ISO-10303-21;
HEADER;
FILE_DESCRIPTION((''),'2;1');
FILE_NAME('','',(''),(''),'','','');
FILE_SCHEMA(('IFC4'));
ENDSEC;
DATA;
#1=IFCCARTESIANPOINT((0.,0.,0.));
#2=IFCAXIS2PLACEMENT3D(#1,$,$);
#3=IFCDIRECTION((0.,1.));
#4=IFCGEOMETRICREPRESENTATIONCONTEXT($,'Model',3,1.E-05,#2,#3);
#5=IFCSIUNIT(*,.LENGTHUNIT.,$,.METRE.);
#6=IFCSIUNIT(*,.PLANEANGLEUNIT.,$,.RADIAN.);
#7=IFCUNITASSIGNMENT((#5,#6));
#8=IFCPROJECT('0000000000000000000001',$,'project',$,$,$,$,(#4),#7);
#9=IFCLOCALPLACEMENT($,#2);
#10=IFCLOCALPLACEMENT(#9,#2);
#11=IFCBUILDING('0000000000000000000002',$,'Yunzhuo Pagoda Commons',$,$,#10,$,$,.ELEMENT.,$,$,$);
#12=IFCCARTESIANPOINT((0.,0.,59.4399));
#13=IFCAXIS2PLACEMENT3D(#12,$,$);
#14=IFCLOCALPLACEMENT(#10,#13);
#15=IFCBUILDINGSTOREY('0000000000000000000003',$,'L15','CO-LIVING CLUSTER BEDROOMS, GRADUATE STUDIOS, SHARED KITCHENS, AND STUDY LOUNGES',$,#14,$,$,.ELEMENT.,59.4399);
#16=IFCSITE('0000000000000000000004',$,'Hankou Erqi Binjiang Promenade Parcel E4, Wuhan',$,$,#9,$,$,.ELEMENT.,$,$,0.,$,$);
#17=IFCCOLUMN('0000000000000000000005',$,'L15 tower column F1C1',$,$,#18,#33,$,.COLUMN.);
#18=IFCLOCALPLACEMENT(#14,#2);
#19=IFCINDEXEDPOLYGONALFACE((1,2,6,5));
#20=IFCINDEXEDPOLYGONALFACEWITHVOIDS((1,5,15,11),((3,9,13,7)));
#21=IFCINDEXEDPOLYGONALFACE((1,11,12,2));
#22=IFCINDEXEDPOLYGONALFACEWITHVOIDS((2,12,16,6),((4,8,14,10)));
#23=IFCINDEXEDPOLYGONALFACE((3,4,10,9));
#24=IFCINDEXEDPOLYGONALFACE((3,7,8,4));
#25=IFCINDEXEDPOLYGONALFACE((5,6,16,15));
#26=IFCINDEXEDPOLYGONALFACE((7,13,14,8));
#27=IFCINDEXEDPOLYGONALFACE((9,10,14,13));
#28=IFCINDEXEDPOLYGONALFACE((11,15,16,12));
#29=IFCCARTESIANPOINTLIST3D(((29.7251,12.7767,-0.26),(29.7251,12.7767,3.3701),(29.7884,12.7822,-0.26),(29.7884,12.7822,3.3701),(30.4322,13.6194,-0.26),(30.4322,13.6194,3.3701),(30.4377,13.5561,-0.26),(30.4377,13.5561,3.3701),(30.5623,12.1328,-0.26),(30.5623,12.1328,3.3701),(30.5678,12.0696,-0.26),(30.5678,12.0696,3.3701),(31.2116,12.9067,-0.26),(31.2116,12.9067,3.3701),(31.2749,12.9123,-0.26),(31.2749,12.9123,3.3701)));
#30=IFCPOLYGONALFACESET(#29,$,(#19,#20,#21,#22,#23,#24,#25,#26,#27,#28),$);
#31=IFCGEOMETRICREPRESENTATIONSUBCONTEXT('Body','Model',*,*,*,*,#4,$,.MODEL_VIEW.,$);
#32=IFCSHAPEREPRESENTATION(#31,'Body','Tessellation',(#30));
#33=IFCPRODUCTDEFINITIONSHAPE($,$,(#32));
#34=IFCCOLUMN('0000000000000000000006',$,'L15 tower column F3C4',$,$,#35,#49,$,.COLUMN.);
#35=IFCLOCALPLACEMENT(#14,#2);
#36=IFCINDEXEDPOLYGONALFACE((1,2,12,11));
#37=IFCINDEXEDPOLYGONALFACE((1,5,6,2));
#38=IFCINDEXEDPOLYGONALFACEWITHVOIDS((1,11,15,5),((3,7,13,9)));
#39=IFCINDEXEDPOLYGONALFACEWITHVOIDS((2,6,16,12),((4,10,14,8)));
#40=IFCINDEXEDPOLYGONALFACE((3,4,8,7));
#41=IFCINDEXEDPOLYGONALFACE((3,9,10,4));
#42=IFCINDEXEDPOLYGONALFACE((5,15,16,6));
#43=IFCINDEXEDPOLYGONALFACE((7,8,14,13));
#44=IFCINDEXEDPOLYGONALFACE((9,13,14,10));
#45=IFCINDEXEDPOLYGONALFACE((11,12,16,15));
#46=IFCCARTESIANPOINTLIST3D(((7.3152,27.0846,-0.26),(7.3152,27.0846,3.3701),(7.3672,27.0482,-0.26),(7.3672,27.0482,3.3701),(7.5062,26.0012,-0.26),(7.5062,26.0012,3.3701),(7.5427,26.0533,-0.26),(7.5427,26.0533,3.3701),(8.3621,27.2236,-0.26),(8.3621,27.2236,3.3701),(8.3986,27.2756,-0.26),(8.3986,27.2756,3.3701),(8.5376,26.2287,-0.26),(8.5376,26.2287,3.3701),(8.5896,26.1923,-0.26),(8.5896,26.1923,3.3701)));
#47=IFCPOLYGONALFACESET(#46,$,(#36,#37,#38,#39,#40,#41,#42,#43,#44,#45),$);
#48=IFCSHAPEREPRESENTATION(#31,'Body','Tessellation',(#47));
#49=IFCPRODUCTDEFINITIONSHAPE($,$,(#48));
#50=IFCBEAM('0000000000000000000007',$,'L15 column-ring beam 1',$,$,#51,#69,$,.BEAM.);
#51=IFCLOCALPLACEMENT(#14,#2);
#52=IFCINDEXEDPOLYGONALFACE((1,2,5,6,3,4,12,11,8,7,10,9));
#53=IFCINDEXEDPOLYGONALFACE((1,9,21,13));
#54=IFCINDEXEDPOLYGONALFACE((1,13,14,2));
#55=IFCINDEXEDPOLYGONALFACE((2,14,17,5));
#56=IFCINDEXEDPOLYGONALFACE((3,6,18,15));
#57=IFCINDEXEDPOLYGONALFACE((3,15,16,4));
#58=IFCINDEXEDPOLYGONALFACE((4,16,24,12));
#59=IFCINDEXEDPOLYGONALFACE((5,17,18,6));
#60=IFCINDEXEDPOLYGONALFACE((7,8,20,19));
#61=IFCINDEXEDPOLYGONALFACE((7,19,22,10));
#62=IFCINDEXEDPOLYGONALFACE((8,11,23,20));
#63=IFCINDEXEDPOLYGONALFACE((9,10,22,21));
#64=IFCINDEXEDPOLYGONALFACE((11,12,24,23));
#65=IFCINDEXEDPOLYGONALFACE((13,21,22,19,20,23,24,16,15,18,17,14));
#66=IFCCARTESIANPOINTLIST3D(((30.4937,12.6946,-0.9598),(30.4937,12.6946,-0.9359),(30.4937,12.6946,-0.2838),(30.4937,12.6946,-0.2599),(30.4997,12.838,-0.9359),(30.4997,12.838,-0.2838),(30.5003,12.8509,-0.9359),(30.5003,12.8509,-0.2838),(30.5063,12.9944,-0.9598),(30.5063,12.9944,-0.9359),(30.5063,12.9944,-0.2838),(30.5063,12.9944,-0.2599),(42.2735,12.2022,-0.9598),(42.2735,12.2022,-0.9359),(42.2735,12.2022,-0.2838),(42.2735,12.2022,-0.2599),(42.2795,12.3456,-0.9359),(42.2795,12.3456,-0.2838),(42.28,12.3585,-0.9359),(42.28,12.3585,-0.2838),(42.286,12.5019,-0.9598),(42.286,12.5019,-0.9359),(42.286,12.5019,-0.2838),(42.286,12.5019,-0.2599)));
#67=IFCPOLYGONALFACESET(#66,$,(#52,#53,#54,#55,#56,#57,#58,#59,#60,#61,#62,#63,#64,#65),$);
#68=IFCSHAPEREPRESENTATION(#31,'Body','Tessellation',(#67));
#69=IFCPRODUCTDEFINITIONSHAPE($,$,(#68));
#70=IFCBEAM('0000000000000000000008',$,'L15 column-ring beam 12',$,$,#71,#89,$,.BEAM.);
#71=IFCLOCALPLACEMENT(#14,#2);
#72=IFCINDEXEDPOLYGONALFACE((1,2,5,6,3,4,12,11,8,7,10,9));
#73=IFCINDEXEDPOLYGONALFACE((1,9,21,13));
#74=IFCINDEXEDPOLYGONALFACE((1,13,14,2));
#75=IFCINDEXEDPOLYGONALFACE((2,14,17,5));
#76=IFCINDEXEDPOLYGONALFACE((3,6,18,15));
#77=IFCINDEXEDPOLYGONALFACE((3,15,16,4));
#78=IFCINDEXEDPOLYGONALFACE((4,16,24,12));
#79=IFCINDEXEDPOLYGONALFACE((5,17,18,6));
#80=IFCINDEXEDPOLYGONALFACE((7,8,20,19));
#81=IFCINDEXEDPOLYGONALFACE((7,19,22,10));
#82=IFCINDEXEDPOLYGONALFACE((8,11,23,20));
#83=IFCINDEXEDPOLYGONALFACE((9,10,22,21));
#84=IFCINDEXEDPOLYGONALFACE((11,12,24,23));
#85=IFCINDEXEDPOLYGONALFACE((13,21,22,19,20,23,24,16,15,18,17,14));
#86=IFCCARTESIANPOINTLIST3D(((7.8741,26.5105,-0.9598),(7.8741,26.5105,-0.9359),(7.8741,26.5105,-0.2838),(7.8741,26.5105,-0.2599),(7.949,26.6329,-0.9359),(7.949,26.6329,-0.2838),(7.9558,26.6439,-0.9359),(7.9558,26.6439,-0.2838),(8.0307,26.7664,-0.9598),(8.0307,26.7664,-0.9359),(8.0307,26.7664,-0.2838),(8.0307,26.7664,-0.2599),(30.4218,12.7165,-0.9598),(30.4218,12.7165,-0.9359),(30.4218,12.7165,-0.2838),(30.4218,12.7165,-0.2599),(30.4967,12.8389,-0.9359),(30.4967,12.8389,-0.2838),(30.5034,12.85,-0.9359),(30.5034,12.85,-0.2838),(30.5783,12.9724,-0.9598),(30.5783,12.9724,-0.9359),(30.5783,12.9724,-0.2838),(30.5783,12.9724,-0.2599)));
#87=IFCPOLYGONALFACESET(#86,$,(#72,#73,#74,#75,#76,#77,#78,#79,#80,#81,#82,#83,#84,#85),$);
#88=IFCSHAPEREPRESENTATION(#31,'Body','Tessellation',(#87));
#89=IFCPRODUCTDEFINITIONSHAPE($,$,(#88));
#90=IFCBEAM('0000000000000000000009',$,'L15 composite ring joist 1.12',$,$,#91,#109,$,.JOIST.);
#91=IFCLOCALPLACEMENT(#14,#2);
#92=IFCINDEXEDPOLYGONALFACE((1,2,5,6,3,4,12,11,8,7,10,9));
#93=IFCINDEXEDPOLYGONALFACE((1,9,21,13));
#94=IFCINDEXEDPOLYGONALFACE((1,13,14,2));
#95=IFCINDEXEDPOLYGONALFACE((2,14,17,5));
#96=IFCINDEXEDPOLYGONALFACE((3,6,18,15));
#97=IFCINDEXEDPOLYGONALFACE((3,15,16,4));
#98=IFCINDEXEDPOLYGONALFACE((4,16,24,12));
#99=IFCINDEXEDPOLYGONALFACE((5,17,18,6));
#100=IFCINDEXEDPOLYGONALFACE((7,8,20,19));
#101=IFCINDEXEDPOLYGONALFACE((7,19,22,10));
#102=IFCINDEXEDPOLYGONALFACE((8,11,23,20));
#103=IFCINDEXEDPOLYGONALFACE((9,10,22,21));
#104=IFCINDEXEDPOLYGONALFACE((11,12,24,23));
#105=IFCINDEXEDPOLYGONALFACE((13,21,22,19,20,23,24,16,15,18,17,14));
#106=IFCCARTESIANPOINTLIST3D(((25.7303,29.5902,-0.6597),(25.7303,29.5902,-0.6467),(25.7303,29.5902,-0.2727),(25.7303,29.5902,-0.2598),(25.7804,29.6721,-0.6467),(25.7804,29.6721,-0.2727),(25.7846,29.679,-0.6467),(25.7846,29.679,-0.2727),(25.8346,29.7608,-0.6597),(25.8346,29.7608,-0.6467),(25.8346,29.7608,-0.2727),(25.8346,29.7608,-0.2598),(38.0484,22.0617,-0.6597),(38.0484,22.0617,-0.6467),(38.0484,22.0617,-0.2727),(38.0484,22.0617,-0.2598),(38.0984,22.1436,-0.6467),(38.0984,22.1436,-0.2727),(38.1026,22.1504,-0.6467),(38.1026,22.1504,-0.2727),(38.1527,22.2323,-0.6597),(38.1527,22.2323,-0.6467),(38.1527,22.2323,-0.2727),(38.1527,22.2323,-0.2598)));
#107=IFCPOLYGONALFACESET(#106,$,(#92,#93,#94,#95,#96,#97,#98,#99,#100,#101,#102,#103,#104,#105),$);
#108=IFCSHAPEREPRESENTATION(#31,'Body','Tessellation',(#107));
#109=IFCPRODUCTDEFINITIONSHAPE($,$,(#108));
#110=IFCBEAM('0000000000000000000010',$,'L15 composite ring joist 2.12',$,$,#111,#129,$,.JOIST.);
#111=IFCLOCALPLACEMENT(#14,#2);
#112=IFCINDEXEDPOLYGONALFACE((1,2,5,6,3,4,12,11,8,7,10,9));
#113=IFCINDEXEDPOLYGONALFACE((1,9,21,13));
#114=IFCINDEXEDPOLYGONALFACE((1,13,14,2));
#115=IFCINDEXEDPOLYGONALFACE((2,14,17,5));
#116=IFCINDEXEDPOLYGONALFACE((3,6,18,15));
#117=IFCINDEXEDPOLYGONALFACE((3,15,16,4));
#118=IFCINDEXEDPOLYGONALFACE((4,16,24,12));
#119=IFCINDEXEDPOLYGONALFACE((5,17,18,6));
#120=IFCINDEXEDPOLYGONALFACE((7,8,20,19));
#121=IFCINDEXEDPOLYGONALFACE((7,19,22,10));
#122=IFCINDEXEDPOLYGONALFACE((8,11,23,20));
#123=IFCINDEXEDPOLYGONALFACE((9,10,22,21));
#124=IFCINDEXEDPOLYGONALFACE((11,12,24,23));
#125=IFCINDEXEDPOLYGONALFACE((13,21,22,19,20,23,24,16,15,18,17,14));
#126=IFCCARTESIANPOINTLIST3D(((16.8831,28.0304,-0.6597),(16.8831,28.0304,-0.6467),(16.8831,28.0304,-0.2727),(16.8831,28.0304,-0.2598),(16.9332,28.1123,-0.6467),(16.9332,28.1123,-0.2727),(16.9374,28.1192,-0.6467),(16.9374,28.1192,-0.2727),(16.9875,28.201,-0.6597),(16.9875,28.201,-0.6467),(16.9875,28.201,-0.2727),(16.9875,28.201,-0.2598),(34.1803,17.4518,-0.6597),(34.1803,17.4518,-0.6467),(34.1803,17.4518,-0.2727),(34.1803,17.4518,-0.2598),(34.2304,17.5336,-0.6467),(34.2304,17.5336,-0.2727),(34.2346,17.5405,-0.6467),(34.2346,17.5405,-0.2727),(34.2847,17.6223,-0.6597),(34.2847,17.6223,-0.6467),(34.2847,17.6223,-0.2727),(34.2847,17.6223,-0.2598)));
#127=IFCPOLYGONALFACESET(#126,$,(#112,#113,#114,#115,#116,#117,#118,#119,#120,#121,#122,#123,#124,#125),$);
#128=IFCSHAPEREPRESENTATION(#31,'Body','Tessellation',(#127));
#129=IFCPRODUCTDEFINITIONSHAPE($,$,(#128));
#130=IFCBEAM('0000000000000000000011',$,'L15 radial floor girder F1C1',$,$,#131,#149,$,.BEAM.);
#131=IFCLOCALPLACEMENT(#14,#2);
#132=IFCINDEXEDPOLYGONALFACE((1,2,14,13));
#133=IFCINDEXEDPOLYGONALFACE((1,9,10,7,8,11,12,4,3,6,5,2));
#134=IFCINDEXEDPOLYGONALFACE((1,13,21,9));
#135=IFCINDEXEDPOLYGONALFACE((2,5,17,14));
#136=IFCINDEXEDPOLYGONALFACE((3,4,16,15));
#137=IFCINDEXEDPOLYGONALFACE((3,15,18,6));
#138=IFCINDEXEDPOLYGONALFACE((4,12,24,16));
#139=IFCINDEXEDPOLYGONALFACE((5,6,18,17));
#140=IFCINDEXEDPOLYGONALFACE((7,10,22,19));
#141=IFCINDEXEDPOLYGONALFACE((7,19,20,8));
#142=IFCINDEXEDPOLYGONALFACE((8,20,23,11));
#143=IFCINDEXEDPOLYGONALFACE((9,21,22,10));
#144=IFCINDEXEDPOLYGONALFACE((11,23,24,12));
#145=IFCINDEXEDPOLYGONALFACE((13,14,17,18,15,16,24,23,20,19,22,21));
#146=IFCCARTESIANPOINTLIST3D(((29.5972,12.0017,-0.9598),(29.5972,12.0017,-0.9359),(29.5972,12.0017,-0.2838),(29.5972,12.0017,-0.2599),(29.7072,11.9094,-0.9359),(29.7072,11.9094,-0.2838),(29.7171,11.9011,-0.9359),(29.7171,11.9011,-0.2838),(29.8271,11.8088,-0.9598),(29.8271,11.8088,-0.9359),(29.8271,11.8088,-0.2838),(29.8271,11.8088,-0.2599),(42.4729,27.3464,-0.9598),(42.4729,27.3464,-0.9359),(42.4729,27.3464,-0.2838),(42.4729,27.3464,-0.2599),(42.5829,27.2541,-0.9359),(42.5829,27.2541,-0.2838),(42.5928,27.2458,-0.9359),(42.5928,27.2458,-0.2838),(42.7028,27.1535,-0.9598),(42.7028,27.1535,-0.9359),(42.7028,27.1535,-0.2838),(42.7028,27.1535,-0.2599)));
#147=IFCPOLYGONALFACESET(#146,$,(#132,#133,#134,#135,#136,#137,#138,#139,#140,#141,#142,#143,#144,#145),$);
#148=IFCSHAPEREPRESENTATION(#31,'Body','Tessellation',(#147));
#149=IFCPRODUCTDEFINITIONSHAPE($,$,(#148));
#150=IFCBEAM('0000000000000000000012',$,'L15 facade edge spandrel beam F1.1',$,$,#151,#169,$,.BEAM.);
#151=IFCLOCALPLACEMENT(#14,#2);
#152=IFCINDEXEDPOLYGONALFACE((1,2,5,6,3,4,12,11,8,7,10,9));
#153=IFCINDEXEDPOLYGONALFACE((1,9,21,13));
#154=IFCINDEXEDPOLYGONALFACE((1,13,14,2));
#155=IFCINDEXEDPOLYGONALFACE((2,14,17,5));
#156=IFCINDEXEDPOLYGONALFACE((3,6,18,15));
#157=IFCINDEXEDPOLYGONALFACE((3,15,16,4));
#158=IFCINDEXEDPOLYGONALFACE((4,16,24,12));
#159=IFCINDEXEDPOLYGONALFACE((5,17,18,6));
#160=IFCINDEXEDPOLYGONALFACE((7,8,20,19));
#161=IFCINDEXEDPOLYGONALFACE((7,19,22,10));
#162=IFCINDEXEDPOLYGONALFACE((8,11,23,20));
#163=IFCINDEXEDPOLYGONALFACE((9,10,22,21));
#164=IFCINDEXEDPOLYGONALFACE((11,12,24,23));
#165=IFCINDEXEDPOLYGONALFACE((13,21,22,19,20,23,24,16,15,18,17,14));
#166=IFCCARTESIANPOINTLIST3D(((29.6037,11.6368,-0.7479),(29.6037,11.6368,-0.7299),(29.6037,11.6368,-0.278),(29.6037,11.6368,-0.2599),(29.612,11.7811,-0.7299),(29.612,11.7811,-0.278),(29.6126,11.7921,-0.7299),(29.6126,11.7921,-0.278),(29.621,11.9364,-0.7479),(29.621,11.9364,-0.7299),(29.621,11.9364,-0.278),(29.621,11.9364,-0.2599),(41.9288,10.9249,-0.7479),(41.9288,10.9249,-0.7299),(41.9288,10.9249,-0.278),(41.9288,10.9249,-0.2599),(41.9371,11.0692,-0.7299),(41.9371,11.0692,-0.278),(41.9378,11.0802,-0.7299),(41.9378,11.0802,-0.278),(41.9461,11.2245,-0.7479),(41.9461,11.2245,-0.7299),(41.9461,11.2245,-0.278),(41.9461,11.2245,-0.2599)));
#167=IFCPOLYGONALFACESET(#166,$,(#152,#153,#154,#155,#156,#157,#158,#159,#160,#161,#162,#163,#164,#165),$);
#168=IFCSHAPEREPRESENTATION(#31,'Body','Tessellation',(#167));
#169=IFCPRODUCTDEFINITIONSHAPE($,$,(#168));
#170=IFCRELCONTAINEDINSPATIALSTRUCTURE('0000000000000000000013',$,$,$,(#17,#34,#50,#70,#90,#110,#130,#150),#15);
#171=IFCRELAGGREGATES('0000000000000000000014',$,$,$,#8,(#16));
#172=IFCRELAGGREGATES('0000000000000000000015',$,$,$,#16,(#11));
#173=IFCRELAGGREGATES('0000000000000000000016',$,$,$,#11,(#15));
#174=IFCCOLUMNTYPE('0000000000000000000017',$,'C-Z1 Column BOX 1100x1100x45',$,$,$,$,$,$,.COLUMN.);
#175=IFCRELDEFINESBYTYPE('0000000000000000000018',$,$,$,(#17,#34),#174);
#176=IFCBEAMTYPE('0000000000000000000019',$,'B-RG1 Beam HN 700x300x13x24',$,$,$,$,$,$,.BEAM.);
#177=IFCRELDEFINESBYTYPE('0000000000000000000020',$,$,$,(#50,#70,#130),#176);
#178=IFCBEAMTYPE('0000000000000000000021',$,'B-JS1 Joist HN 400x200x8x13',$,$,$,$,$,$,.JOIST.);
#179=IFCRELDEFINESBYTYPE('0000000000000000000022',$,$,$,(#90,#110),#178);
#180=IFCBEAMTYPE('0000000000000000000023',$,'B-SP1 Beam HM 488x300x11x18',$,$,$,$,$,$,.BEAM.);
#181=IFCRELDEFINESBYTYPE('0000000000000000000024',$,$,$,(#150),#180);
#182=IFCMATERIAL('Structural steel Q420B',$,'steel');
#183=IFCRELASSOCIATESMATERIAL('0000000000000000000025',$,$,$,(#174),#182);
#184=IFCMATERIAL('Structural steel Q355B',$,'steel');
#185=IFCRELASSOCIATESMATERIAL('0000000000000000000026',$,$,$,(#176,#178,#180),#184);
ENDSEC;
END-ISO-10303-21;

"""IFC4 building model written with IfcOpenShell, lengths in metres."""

from ifc_helpers import new_model, si_unit, direction, frame, origin, origin_2d, place, context, subcontext, project, spatial, hollow_rectangle, i_section, extrude, source, transform, mapped, material, material_profile, profile_set, type_object, element, save


model = new_model("IFC4")

# Units and contexts
model_context = context("Model", 3, precision=1e-05, world=origin(), true_north=direction((0.0, 1.0)))
body_context = subcontext(model_context, "Body", "Model", "MODEL_VIEW")
ifc_project = project(units=[si_unit("LENGTHUNIT", "METRE"), si_unit("PLANEANGLEUNIT", "RADIAN")], contexts=[model_context])

# Site, building, storey
site_placement = place(None, origin())
site = spatial("IfcSite", under=ifc_project, at=site_placement, Name="Hankou Erqi Binjiang Promenade Parcel E4, Wuhan", CompositionType="ELEMENT", RefElevation=0.0)
building_placement = place(site_placement, origin())
building = spatial("IfcBuilding", under=site, at=building_placement, Name="Yunzhuo Pagoda Commons", CompositionType="ELEMENT")
storey_placement = place(building_placement, frame((0.0, 0.0, 59.4399)))
storey = spatial("IfcBuildingStorey", under=building, at=storey_placement, Name="L15", Description="CO-LIVING CLUSTER BEDROOMS, GRADUATE STUDIOS, SHARED KITCHENS, AND STUDY LOUNGES", CompositionType="ELEMENT", Elevation=59.4399)

# Columns
ifc_material_1 = material(Name="Structural steel Q420B", Category="steel")
ifc_material_profile_1 = material_profile(ifc_material_1, hollow_rectangle(XDim=1.1001, YDim=1.1001, WallThickness=0.0449, at=origin_2d()), Name="Structural steel Q420B")
ifc_profile_set_1 = profile_set([ifc_material_profile_1], Name="Structural steel Q420B")
column_type = type_object("IfcColumnType", Name="C-Z1 Column BOX 1100x1100x45", PredefinedType="COLUMN", material=ifc_profile_set_1)
shared_shape_1 = source(origin(), body_context, "Body", "SweptSolid", [
    extrude(hollow_rectangle(XDim=1.1001, YDim=1.1001, WallThickness=0.0449, at=origin_2d()), origin(), (0.0, 0.0, 1.0), 3.6301),
])
for number, where, z_axis, x_axis, name in (
    (1, (30.5, 12.8445, -0.26), (0.0, 0.0, 1.0), (0.766044, -0.642788, 0.0), "L15 tower column F1C1"),
    (2, (7.9524, 26.6384, -0.26), (0.0, 0.0, 1.0), (0.173648, -0.984808, 0.0), "L15 tower column F3C4"),
):
    element("IfcColumn", number, at=place(storey_placement, frame(where, z_axis=z_axis, x_axis=x_axis)), inside=storey, type_object=column_type, Name=name, PredefinedType="COLUMN", context=body_context, shape_type="MappedRepresentation", body=[
        mapped(shared_shape_1, transform((0.0, 0.0, 0.0), scale=1.0)),
    ])

# Beams
ifc_material_2 = material(Name="Structural steel Q355B", Category="steel")
ifc_material_profile_2 = material_profile(ifc_material_2, i_section(OverallWidth=0.3, OverallDepth=0.7, WebThickness=0.0129, FlangeThickness=0.0239, at=origin_2d()), Name="Structural steel Q355B")
ifc_profile_set_2 = profile_set([ifc_material_profile_2], Name="Structural steel Q355B")
beam_type_1 = type_object("IfcBeamType", Name="B-RG1 Beam HN 700x300x13x24", PredefinedType="BEAM", material=ifc_profile_set_2)
shared_shape_2 = source(origin(), body_context, "Body", "SweptSolid", [
    extrude(i_section(OverallWidth=0.3, OverallDepth=0.7, WebThickness=0.0129, FlangeThickness=0.0239, at=origin_2d()), origin(), (0.0, 0.0, 1.0), 11.79),
])
beam_1_placement = place(storey_placement, frame((30.5, 12.8445, -0.6099), z_axis=(0.999127, -0.041767, 0.0), x_axis=(0.041767, 0.999127, 0.0)))
element("IfcBeam", 3, at=beam_1_placement, inside=storey, type_object=beam_type_1, Name="L15 column-ring beam 1", PredefinedType="BEAM", context=body_context, shape_type="MappedRepresentation", body=[
    mapped(shared_shape_2, transform((0.0, 0.0, 0.0), scale=1.0)),
])
shared_shape_3 = source(origin(), body_context, "Body", "SweptSolid", [
    extrude(i_section(OverallWidth=0.3, OverallDepth=0.7, WebThickness=0.0129, FlangeThickness=0.0239, at=origin_2d()), origin(), (0.0, 0.0, 1.0), 26.4324),
])
beam_2_placement = place(storey_placement, frame((7.9524, 26.6384, -0.6099), z_axis=(0.853032, -0.521859, 0.0), x_axis=(0.521859, 0.853032, 0.0)))
element("IfcBeam", 4, at=beam_2_placement, inside=storey, type_object=beam_type_1, Name="L15 column-ring beam 12", PredefinedType="BEAM", context=body_context, shape_type="MappedRepresentation", body=[
    mapped(shared_shape_3, transform((0.0, 0.0, 0.0), scale=1.0)),
])
ifc_material_profile_3 = material_profile(ifc_material_2, i_section(OverallWidth=0.2, OverallDepth=0.3999, WebThickness=0.0081, FlangeThickness=0.0129, at=origin_2d()), Name="Structural steel Q355B")
ifc_profile_set_3 = profile_set([ifc_material_profile_3], Name="Structural steel Q355B")
beam_type_2 = type_object("IfcBeamType", Name="B-JS1 Joist HN 400x200x8x13", PredefinedType="JOIST", material=ifc_profile_set_3)
shared_shape_4 = source(origin(), body_context, "Body", "SweptSolid", [
    extrude(i_section(OverallWidth=0.2, OverallDepth=0.3999, WebThickness=0.0081, FlangeThickness=0.0129, at=origin_2d()), origin(), (0.0, 0.0, 1.0), 14.4365),
])
beam_3_placement = place(storey_placement, frame((25.7825, 29.6755, -0.4597), z_axis=(0.853256, -0.521492, 0.0), x_axis=(0.521492, 0.853256, 0.0)))
element("IfcBeam", 5, at=beam_3_placement, inside=storey, type_object=beam_type_2, Name="L15 composite ring joist 1.12", PredefinedType="JOIST", context=body_context, shape_type="MappedRepresentation", body=[
    mapped(shared_shape_4, transform((0.0, 0.0, 0.0), scale=1.0)),
])
shared_shape_5 = source(origin(), body_context, "Body", "SweptSolid", [
    extrude(i_section(OverallWidth=0.2, OverallDepth=0.3999, WebThickness=0.0081, FlangeThickness=0.0129, at=origin_2d()), origin(), (0.0, 0.0, 1.0), 20.2756),
])
beam_4_placement = place(storey_placement, frame((16.9353, 28.1157, -0.4597), z_axis=(0.853103, -0.521743, 0.0), x_axis=(0.521743, 0.853103, 0.0)))
element("IfcBeam", 6, at=beam_4_placement, inside=storey, type_object=beam_type_2, Name="L15 composite ring joist 2.12", PredefinedType="JOIST", context=body_context, shape_type="MappedRepresentation", body=[
    mapped(shared_shape_5, transform((0.0, 0.0, 0.0), scale=1.0)),
])
shared_shape_6 = source(origin(), body_context, "Body", "SweptSolid", [
    extrude(i_section(OverallWidth=0.3, OverallDepth=0.7, WebThickness=0.0129, FlangeThickness=0.0239, at=origin_2d()), origin(), (0.0, 0.0, 1.0), 20.031),
])
beam_5_placement = place(storey_placement, frame((29.7122, 11.9053, -0.6099), z_axis=(0.642787, 0.766045, 0.0), x_axis=(-0.766045, 0.642787, 0.0)))
element("IfcBeam", 7, at=beam_5_placement, inside=storey, type_object=beam_type_1, Name="L15 radial floor girder F1C1", PredefinedType="BEAM", context=body_context, shape_type="MappedRepresentation", body=[
    mapped(shared_shape_6, transform((0.0, 0.0, 0.0), scale=1.0)),
])
ifc_material_profile_4 = material_profile(ifc_material_2, i_section(OverallWidth=0.3, OverallDepth=0.488, WebThickness=0.011, FlangeThickness=0.0181, at=origin_2d()), Name="Structural steel Q355B")
ifc_profile_set_4 = profile_set([ifc_material_profile_4], Name="Structural steel Q355B")
beam_type_3 = type_object("IfcBeamType", Name="B-SP1 Beam HM 488x300x11x18", PredefinedType="BEAM", material=ifc_profile_set_4)
shared_shape_7 = source(origin(), body_context, "Body", "SweptSolid", [
    extrude(i_section(OverallWidth=0.3, OverallDepth=0.488, WebThickness=0.011, FlangeThickness=0.0181, at=origin_2d()), origin(), (0.0, 0.0, 1.0), 12.3457),
])
beam_6_placement = place(storey_placement, frame((29.6123, 11.7866, -0.5039), z_axis=(0.998336, -0.057665, 0.0), x_axis=(0.057665, 0.998336, 0.0)))
element("IfcBeam", 8, at=beam_6_placement, inside=storey, type_object=beam_type_3, Name="L15 facade edge spandrel beam F1.1", PredefinedType="BEAM", context=body_context, shape_type="MappedRepresentation", body=[
    mapped(shared_shape_7, transform((0.0, 0.0, 0.0), scale=1.0)),
])

save(model, "model.ifc")
